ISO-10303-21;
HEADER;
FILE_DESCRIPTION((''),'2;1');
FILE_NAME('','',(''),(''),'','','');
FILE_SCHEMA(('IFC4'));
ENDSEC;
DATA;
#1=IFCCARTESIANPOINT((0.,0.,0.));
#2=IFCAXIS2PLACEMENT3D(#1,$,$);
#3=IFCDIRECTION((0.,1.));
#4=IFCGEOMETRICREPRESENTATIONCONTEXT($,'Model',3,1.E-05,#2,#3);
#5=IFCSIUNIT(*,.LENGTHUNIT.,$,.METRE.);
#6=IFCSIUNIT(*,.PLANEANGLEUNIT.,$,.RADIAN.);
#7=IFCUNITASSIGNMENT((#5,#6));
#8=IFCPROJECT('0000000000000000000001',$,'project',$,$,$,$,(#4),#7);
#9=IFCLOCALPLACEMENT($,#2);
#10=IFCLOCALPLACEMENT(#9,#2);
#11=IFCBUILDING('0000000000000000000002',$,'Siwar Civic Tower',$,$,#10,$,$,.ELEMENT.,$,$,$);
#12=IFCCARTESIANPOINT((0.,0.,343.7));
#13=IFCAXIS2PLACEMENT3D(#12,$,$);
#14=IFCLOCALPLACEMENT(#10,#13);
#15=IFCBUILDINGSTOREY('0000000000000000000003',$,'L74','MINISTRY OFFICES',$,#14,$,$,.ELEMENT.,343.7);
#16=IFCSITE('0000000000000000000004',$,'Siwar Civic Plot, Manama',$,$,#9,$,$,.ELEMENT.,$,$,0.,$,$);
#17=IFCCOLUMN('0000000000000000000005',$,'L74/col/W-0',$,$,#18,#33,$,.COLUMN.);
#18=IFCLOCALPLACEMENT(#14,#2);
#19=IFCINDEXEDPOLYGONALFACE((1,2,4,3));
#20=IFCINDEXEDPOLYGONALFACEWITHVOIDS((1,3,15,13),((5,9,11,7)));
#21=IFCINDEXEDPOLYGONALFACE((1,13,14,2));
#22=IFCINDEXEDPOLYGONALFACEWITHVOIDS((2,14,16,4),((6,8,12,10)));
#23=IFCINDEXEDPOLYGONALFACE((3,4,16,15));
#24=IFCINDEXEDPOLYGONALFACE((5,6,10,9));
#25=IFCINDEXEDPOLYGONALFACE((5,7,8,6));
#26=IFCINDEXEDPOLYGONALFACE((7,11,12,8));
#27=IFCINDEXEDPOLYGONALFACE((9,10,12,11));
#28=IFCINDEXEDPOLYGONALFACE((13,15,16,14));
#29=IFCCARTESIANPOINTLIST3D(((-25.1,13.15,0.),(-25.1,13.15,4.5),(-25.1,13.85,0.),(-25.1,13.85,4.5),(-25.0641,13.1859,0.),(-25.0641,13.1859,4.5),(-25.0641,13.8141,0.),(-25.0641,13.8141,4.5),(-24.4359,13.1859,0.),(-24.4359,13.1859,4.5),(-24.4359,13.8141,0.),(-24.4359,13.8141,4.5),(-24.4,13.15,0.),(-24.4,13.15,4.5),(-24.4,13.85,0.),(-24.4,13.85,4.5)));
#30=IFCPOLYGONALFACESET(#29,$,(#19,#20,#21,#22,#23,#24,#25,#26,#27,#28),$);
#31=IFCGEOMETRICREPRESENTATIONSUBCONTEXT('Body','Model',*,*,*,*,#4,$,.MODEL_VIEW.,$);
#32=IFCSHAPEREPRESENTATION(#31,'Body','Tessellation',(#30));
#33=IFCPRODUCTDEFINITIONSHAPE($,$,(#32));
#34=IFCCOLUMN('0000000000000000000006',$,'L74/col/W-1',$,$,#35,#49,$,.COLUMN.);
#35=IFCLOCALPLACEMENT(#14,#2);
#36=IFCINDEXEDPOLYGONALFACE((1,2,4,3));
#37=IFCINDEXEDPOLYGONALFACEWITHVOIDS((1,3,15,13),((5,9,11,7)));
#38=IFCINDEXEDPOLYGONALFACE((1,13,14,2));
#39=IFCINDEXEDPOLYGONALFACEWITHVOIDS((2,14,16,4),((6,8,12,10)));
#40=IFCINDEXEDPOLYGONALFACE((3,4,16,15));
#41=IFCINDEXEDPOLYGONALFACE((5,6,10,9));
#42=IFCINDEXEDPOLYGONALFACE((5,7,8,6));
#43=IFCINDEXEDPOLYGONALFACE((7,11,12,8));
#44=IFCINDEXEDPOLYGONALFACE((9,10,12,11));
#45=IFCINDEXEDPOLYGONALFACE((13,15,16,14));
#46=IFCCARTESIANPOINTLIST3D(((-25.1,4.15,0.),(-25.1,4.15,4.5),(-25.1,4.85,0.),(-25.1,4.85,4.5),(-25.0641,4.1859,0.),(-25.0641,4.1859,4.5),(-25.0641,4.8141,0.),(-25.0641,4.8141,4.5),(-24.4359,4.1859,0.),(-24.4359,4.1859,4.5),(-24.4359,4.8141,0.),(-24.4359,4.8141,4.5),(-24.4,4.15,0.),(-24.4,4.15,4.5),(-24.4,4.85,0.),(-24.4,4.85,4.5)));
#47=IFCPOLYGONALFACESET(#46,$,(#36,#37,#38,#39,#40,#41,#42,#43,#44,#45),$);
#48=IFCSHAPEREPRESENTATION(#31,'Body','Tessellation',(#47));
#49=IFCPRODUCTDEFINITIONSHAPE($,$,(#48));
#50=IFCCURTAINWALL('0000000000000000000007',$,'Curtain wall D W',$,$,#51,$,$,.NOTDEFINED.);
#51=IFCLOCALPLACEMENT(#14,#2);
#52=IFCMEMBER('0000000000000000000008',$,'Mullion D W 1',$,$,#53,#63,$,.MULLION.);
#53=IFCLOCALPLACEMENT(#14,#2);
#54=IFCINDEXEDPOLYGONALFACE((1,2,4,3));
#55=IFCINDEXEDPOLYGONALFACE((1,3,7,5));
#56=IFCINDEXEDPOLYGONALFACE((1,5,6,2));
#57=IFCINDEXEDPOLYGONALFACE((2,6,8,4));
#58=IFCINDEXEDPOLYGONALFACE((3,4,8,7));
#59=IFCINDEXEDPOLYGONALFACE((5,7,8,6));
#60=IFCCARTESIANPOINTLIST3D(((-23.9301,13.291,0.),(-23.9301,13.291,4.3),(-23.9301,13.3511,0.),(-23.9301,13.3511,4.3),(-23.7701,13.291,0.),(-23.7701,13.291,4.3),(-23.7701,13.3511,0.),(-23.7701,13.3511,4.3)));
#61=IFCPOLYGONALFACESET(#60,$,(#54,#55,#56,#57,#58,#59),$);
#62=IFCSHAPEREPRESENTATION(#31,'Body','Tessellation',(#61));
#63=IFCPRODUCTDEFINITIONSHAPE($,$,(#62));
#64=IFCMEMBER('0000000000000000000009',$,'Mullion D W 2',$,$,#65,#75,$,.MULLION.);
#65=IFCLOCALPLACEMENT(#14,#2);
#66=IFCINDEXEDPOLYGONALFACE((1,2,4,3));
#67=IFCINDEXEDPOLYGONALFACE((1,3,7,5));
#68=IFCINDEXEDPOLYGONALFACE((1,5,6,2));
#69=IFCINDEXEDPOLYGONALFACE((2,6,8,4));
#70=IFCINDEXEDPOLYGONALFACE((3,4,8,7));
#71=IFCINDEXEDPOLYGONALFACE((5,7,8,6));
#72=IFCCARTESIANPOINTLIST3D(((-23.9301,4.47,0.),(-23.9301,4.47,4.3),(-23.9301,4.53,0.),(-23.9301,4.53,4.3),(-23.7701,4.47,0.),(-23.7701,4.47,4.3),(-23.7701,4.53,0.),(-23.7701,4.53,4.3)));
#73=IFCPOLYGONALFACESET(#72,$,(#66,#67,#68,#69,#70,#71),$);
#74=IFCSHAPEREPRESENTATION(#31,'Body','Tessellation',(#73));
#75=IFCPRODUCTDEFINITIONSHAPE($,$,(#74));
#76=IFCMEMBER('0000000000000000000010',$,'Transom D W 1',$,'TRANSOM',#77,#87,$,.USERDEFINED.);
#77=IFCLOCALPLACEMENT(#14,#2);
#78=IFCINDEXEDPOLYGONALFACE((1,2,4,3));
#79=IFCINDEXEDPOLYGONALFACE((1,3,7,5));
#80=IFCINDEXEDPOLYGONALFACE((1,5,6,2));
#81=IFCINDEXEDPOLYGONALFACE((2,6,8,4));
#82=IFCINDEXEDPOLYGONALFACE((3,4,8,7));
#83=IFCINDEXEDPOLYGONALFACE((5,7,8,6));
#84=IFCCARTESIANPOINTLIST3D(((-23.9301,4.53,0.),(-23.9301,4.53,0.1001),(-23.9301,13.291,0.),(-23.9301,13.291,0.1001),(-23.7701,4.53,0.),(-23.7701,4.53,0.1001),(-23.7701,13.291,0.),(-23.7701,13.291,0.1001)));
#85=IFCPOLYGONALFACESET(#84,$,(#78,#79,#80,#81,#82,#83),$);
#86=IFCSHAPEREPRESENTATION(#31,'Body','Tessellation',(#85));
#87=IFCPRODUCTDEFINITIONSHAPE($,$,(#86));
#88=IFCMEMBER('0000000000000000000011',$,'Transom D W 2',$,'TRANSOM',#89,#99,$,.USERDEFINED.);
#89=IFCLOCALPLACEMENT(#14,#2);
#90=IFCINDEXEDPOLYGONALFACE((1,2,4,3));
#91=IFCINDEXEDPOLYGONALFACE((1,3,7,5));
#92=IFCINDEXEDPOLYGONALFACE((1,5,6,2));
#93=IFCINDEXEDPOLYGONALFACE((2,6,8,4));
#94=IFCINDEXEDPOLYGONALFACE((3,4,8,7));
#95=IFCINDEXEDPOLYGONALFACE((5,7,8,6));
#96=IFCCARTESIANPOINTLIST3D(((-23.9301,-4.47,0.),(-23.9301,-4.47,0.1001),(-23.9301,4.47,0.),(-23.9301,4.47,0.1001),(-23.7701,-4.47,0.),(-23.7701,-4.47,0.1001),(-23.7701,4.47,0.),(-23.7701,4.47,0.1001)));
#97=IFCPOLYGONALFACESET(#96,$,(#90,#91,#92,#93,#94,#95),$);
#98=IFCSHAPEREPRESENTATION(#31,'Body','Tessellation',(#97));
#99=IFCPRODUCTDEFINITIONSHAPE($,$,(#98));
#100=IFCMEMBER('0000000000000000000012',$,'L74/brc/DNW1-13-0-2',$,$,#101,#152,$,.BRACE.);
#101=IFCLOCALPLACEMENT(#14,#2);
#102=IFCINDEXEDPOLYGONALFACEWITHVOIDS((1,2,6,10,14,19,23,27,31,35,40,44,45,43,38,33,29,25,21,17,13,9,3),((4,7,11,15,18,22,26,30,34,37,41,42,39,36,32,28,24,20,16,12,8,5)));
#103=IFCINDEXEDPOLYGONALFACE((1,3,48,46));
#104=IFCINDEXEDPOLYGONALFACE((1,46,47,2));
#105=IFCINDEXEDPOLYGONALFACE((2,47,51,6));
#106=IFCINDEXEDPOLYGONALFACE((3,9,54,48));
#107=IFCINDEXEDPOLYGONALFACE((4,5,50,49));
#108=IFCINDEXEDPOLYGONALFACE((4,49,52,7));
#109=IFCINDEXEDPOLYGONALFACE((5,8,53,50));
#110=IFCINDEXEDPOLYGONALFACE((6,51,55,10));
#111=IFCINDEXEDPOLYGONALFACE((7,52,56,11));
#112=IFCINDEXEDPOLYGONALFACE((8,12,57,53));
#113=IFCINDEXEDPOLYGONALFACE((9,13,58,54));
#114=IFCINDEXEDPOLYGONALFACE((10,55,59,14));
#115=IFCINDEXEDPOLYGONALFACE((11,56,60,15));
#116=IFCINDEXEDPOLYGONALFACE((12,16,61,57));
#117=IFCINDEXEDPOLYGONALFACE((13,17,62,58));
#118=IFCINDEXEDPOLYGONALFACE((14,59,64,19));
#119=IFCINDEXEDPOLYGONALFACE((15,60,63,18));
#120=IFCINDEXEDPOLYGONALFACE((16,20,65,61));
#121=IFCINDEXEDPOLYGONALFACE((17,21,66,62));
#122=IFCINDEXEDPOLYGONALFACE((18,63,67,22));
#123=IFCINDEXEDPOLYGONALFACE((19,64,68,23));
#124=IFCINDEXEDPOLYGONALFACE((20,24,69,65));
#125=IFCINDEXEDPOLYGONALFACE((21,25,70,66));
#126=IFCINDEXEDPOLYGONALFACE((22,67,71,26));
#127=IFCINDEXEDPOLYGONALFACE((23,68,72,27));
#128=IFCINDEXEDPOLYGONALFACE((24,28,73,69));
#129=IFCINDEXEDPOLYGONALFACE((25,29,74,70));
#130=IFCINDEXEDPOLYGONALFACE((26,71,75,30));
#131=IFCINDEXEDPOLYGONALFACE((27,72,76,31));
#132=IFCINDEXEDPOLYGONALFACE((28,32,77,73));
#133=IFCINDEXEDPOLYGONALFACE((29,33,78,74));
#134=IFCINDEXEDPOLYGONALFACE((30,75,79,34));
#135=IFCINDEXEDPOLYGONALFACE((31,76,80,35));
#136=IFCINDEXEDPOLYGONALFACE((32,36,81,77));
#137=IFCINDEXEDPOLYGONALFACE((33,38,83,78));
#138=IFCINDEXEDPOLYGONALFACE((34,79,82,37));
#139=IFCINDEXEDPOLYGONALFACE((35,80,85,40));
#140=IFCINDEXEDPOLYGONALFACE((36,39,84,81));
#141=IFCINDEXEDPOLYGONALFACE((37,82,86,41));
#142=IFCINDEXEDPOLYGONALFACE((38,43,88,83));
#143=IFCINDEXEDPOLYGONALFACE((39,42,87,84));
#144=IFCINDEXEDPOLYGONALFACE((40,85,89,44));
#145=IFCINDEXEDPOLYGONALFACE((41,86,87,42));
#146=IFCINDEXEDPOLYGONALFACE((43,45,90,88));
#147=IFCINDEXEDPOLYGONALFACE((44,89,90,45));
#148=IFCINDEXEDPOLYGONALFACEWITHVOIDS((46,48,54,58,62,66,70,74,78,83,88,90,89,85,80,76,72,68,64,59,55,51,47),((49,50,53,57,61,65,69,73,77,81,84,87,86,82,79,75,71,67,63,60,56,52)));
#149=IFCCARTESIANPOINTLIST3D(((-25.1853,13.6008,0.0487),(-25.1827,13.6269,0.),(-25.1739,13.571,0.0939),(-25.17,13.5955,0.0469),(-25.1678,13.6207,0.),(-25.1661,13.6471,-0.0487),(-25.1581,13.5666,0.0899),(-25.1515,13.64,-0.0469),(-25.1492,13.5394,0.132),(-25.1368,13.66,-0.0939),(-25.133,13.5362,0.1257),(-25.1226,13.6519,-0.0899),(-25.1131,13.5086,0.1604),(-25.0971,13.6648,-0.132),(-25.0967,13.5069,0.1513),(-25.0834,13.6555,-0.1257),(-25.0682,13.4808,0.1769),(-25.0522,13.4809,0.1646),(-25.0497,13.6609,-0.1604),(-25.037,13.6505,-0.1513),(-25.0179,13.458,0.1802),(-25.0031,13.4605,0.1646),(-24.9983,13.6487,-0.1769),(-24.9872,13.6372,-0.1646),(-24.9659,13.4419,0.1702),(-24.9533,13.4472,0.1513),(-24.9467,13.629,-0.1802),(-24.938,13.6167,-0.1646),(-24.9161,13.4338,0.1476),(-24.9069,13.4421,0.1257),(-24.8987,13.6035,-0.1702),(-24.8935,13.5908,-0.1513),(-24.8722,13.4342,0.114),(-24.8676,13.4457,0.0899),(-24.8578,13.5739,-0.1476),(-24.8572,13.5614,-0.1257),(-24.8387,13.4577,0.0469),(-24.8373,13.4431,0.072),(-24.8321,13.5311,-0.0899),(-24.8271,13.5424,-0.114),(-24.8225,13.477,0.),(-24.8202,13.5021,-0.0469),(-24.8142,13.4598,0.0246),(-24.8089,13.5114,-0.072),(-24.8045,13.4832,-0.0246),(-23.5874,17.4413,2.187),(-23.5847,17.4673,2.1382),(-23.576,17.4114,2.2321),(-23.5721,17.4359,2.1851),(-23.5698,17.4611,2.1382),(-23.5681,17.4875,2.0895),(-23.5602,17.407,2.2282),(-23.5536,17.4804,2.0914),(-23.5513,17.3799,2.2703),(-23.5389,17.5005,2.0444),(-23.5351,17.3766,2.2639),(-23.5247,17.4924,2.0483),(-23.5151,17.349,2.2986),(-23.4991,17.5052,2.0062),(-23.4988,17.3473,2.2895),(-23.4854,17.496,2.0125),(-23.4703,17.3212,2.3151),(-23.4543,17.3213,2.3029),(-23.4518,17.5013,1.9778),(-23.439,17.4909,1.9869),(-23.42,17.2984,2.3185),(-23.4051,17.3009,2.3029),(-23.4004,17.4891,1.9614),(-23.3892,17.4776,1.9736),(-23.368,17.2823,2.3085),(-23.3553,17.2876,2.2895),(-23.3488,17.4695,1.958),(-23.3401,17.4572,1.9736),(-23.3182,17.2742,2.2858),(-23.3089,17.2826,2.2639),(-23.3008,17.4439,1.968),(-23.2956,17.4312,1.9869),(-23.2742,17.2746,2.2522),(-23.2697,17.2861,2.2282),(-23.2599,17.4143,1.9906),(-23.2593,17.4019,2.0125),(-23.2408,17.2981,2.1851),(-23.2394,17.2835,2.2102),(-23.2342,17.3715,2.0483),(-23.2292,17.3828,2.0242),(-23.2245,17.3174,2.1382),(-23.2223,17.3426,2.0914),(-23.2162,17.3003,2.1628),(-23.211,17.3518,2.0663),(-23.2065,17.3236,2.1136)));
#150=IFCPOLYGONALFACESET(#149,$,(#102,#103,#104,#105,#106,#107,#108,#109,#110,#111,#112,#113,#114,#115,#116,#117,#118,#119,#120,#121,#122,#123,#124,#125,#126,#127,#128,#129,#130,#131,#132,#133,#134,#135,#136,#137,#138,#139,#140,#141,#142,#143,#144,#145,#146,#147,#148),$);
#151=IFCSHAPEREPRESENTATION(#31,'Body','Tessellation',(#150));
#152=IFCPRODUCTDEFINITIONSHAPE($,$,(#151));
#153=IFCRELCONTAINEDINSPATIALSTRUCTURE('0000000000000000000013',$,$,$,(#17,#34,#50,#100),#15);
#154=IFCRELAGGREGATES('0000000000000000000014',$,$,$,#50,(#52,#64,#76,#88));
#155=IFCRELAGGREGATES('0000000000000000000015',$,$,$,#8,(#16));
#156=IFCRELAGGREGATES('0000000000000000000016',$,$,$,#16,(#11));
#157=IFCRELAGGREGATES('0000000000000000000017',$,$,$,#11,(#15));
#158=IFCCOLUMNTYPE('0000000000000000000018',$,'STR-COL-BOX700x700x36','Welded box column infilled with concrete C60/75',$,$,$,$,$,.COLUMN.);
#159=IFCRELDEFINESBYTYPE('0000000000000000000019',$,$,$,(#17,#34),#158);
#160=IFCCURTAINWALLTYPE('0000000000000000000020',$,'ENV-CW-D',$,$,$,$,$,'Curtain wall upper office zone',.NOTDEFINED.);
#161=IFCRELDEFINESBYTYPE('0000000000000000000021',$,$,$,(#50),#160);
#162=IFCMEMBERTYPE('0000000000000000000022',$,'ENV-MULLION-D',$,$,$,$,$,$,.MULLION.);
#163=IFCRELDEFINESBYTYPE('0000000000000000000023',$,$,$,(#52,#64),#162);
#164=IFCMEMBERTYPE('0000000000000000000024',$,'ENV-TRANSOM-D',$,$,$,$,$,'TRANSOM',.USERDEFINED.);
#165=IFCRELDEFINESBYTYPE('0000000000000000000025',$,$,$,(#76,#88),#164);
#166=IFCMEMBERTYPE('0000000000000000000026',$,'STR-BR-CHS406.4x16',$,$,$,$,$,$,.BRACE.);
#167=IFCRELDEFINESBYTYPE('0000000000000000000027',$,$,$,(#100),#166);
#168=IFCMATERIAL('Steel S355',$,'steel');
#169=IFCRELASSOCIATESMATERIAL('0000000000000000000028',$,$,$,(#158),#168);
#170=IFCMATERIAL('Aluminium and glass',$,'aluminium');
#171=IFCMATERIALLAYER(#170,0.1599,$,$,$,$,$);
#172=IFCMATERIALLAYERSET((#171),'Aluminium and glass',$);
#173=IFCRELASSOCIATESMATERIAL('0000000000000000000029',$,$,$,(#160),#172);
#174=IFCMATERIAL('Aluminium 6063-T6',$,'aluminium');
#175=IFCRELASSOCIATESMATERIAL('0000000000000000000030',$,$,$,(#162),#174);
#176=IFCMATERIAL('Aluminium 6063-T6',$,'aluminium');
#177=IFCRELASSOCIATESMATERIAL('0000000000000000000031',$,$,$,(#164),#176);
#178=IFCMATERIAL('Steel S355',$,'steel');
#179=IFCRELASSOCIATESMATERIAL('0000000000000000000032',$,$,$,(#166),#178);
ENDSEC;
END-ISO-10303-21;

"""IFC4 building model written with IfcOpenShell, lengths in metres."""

from ifc_helpers import new_model, si_unit, direction, frame, origin, origin_2d, place, context, subcontext, project, spatial, rectangle, hollow_rectangle, hollow_circle, extrude, material, layer, layer_set, material_profile, profile_set, type_object, element, aggregate, save


model = new_model("IFC4")

# Units and contexts
model_context = context("Model", 3, precision=1e-05, world=origin(), true_north=direction((0.0, 1.0)))
body_context = subcontext(model_context, "Body", "Model", "MODEL_VIEW")
ifc_project = project(units=[si_unit("LENGTHUNIT", "METRE"), si_unit("PLANEANGLEUNIT", "RADIAN")], contexts=[model_context])

# Site, building, storey
site_placement = place(None, origin())
site = spatial("IfcSite", under=ifc_project, at=site_placement, Name="Siwar Civic Plot, Manama", CompositionType="ELEMENT", RefElevation=0.0)
building_placement = place(site_placement, origin())
building = spatial("IfcBuilding", under=site, at=building_placement, Name="Siwar Civic Tower", CompositionType="ELEMENT")
storey_placement = place(building_placement, frame((0.0, 0.0, 343.7)))
storey = spatial("IfcBuildingStorey", under=building, at=storey_placement, Name="L74", Description="MINISTRY OFFICES", CompositionType="ELEMENT", Elevation=343.7)

# Columns
ifc_material_1 = material(Name="Steel S355", Category="steel")
ifc_material_profile_1 = material_profile(ifc_material_1, hollow_rectangle(XDim=0.7, YDim=0.7, WallThickness=0.0359, at=origin_2d()), Name="BOX700x700x36")
ifc_profile_set_1 = profile_set([ifc_material_profile_1], Name="Steel S355")
column_type = type_object("IfcColumnType", Name="STR-COL-BOX700x700x36", Description="Welded box column infilled with concrete C60/75", PredefinedType="COLUMN", material=ifc_profile_set_1)
for number, where, z_axis, x_axis, name in (
    (1, (-24.75, 13.5, 0.0), (0.0, 0.0, 1.0), (1.0, 0.0, 0.0), "L74/col/W-0"),
    (2, (-24.75, 4.5, 0.0), (0.0, 0.0, 1.0), (1.0, 0.0, 0.0), "L74/col/W-1"),
):
    element("IfcColumn", number, at=place(storey_placement, frame(where, z_axis=z_axis, x_axis=x_axis)), inside=storey, type_object=column_type, Name=name, PredefinedType="COLUMN", context=body_context, shape_type="SweptSolid", body=[
        extrude(hollow_rectangle(XDim=0.7, YDim=0.7, WallThickness=0.0359, at=origin_2d()), origin(), (0.0, 0.0, 1.0), 4.5),
    ])

# Curtain wall, members
ifc_material_2 = material(Name="Aluminium and glass", Category="aluminium")
ifc_layer_1 = layer(ifc_material_2, 0.1599)
ifc_layer_set_1 = layer_set([ifc_layer_1], Name="Aluminium and glass")
curtain_wall_type = type_object("IfcCurtainWallType", Name="ENV-CW-D", ElementType="Curtain wall upper office zone", PredefinedType="NOTDEFINED", material=ifc_layer_set_1)
curtain_wall_placement = place(storey_placement, origin())
curtain_wall = element("IfcCurtainWall", 3, at=curtain_wall_placement, inside=storey, type_object=curtain_wall_type, Name="Curtain wall D W", PredefinedType="NOTDEFINED")
ifc_material_3 = material(Name="Aluminium 6063-T6", Category="aluminium")
ifc_material_profile_2 = material_profile(ifc_material_3, rectangle(XDim=0.1599, YDim=0.0601, at=origin_2d()), Name="AL 160x60")
ifc_profile_set_2 = profile_set([ifc_material_profile_2], Name="Aluminium 6063-T6")
member_type_1 = type_object("IfcMemberType", Name="ENV-MULLION-D", PredefinedType="MULLION", material=ifc_profile_set_2)
member_1_placement = place(storey_placement, frame((-23.8501, 13.321, 0.0), z_axis=(0.0, 0.0, 1.0), x_axis=(1.0, 0.0, 0.0)))
member_1 = element("IfcMember", 4, at=member_1_placement, type_object=member_type_1, Name="Mullion D W 1", PredefinedType="MULLION", context=body_context, shape_type="SweptSolid", body=[
    extrude(rectangle(XDim=0.1599, YDim=0.0601, at=origin_2d()), origin(), (0.0, 0.0, 1.0), 4.3),
])
member_2_placement = place(storey_placement, frame((-23.8501, 4.5, 0.0), z_axis=(0.0, 0.0, 1.0), x_axis=(1.0, 0.0, 0.0)))
member_2 = element("IfcMember", 5, at=member_2_placement, type_object=member_type_1, Name="Mullion D W 2", PredefinedType="MULLION", context=body_context, shape_type="SweptSolid", body=[
    extrude(rectangle(XDim=0.1599, YDim=0.0601, at=origin_2d()), origin(), (0.0, 0.0, 1.0), 4.3),
])
ifc_material_4 = material(Name="Aluminium 6063-T6", Category="aluminium")
ifc_material_profile_3 = material_profile(ifc_material_4, rectangle(XDim=0.1599, YDim=0.1001, at=origin_2d()), Name="AL 160x100")
ifc_profile_set_3 = profile_set([ifc_material_profile_3], Name="Aluminium 6063-T6")
member_type_2 = type_object("IfcMemberType", Name="ENV-TRANSOM-D", ElementType="TRANSOM", PredefinedType="USERDEFINED", material=ifc_profile_set_3)
member_3_placement = place(storey_placement, frame((-23.8501, 13.291, 0.05), z_axis=(0.0, -1.0, 0.0), x_axis=(1.0, 0.0, 0.0)))
member_3 = element("IfcMember", 6, at=member_3_placement, type_object=member_type_2, Name="Transom D W 1", ObjectType="TRANSOM", PredefinedType="USERDEFINED", context=body_context, shape_type="SweptSolid", body=[
    extrude(rectangle(XDim=0.1599, YDim=0.1001, at=origin_2d()), origin(), (0.0, 0.0, 1.0), 8.761),
])
member_4_placement = place(storey_placement, frame((-23.8501, 4.47, 0.05), z_axis=(0.0, -1.0, 0.0), x_axis=(1.0, 0.0, 0.0)))
member_4 = element("IfcMember", 7, at=member_4_placement, type_object=member_type_2, Name="Transom D W 2", ObjectType="TRANSOM", PredefinedType="USERDEFINED", context=body_context, shape_type="SweptSolid", body=[
    extrude(rectangle(XDim=0.1599, YDim=0.1001, at=origin_2d()), origin(), (0.0, 0.0, 1.0), 8.9399),
])

# Member
ifc_material_5 = material(Name="Steel S355", Category="steel")
ifc_material_profile_4 = material_profile(ifc_material_5, hollow_circle(Radius=0.2031, WallThickness=0.0161, at=origin_2d()), Name="CHS406.4x16")
ifc_profile_set_4 = profile_set([ifc_material_profile_4], Name="Steel S355")
member_type_3 = type_object("IfcMemberType", Name="STR-BR-CHS406.4x16", PredefinedType="BRACE", material=ifc_profile_set_4)
member_5_placement = place(storey_placement, frame((-24.9951, 13.5488, 0.0), z_axis=(0.341659, 0.82113, 0.457181), x_axis=(-0.923268, 0.384157, 0.0)))
element("IfcMember", 8, at=member_5_placement, inside=storey, type_object=member_type_3, Name="L74/brc/DNW1-13-0-2", PredefinedType="BRACE", context=body_context, shape_type="SweptSolid", body=[
    extrude(hollow_circle(Radius=0.2031, WallThickness=0.0161, at=origin_2d()), origin(), (0.0, 0.0, 1.0), 4.677),
])

aggregate(curtain_wall, [member_1, member_2, member_3, member_4])

save(model, "model.ifc")
